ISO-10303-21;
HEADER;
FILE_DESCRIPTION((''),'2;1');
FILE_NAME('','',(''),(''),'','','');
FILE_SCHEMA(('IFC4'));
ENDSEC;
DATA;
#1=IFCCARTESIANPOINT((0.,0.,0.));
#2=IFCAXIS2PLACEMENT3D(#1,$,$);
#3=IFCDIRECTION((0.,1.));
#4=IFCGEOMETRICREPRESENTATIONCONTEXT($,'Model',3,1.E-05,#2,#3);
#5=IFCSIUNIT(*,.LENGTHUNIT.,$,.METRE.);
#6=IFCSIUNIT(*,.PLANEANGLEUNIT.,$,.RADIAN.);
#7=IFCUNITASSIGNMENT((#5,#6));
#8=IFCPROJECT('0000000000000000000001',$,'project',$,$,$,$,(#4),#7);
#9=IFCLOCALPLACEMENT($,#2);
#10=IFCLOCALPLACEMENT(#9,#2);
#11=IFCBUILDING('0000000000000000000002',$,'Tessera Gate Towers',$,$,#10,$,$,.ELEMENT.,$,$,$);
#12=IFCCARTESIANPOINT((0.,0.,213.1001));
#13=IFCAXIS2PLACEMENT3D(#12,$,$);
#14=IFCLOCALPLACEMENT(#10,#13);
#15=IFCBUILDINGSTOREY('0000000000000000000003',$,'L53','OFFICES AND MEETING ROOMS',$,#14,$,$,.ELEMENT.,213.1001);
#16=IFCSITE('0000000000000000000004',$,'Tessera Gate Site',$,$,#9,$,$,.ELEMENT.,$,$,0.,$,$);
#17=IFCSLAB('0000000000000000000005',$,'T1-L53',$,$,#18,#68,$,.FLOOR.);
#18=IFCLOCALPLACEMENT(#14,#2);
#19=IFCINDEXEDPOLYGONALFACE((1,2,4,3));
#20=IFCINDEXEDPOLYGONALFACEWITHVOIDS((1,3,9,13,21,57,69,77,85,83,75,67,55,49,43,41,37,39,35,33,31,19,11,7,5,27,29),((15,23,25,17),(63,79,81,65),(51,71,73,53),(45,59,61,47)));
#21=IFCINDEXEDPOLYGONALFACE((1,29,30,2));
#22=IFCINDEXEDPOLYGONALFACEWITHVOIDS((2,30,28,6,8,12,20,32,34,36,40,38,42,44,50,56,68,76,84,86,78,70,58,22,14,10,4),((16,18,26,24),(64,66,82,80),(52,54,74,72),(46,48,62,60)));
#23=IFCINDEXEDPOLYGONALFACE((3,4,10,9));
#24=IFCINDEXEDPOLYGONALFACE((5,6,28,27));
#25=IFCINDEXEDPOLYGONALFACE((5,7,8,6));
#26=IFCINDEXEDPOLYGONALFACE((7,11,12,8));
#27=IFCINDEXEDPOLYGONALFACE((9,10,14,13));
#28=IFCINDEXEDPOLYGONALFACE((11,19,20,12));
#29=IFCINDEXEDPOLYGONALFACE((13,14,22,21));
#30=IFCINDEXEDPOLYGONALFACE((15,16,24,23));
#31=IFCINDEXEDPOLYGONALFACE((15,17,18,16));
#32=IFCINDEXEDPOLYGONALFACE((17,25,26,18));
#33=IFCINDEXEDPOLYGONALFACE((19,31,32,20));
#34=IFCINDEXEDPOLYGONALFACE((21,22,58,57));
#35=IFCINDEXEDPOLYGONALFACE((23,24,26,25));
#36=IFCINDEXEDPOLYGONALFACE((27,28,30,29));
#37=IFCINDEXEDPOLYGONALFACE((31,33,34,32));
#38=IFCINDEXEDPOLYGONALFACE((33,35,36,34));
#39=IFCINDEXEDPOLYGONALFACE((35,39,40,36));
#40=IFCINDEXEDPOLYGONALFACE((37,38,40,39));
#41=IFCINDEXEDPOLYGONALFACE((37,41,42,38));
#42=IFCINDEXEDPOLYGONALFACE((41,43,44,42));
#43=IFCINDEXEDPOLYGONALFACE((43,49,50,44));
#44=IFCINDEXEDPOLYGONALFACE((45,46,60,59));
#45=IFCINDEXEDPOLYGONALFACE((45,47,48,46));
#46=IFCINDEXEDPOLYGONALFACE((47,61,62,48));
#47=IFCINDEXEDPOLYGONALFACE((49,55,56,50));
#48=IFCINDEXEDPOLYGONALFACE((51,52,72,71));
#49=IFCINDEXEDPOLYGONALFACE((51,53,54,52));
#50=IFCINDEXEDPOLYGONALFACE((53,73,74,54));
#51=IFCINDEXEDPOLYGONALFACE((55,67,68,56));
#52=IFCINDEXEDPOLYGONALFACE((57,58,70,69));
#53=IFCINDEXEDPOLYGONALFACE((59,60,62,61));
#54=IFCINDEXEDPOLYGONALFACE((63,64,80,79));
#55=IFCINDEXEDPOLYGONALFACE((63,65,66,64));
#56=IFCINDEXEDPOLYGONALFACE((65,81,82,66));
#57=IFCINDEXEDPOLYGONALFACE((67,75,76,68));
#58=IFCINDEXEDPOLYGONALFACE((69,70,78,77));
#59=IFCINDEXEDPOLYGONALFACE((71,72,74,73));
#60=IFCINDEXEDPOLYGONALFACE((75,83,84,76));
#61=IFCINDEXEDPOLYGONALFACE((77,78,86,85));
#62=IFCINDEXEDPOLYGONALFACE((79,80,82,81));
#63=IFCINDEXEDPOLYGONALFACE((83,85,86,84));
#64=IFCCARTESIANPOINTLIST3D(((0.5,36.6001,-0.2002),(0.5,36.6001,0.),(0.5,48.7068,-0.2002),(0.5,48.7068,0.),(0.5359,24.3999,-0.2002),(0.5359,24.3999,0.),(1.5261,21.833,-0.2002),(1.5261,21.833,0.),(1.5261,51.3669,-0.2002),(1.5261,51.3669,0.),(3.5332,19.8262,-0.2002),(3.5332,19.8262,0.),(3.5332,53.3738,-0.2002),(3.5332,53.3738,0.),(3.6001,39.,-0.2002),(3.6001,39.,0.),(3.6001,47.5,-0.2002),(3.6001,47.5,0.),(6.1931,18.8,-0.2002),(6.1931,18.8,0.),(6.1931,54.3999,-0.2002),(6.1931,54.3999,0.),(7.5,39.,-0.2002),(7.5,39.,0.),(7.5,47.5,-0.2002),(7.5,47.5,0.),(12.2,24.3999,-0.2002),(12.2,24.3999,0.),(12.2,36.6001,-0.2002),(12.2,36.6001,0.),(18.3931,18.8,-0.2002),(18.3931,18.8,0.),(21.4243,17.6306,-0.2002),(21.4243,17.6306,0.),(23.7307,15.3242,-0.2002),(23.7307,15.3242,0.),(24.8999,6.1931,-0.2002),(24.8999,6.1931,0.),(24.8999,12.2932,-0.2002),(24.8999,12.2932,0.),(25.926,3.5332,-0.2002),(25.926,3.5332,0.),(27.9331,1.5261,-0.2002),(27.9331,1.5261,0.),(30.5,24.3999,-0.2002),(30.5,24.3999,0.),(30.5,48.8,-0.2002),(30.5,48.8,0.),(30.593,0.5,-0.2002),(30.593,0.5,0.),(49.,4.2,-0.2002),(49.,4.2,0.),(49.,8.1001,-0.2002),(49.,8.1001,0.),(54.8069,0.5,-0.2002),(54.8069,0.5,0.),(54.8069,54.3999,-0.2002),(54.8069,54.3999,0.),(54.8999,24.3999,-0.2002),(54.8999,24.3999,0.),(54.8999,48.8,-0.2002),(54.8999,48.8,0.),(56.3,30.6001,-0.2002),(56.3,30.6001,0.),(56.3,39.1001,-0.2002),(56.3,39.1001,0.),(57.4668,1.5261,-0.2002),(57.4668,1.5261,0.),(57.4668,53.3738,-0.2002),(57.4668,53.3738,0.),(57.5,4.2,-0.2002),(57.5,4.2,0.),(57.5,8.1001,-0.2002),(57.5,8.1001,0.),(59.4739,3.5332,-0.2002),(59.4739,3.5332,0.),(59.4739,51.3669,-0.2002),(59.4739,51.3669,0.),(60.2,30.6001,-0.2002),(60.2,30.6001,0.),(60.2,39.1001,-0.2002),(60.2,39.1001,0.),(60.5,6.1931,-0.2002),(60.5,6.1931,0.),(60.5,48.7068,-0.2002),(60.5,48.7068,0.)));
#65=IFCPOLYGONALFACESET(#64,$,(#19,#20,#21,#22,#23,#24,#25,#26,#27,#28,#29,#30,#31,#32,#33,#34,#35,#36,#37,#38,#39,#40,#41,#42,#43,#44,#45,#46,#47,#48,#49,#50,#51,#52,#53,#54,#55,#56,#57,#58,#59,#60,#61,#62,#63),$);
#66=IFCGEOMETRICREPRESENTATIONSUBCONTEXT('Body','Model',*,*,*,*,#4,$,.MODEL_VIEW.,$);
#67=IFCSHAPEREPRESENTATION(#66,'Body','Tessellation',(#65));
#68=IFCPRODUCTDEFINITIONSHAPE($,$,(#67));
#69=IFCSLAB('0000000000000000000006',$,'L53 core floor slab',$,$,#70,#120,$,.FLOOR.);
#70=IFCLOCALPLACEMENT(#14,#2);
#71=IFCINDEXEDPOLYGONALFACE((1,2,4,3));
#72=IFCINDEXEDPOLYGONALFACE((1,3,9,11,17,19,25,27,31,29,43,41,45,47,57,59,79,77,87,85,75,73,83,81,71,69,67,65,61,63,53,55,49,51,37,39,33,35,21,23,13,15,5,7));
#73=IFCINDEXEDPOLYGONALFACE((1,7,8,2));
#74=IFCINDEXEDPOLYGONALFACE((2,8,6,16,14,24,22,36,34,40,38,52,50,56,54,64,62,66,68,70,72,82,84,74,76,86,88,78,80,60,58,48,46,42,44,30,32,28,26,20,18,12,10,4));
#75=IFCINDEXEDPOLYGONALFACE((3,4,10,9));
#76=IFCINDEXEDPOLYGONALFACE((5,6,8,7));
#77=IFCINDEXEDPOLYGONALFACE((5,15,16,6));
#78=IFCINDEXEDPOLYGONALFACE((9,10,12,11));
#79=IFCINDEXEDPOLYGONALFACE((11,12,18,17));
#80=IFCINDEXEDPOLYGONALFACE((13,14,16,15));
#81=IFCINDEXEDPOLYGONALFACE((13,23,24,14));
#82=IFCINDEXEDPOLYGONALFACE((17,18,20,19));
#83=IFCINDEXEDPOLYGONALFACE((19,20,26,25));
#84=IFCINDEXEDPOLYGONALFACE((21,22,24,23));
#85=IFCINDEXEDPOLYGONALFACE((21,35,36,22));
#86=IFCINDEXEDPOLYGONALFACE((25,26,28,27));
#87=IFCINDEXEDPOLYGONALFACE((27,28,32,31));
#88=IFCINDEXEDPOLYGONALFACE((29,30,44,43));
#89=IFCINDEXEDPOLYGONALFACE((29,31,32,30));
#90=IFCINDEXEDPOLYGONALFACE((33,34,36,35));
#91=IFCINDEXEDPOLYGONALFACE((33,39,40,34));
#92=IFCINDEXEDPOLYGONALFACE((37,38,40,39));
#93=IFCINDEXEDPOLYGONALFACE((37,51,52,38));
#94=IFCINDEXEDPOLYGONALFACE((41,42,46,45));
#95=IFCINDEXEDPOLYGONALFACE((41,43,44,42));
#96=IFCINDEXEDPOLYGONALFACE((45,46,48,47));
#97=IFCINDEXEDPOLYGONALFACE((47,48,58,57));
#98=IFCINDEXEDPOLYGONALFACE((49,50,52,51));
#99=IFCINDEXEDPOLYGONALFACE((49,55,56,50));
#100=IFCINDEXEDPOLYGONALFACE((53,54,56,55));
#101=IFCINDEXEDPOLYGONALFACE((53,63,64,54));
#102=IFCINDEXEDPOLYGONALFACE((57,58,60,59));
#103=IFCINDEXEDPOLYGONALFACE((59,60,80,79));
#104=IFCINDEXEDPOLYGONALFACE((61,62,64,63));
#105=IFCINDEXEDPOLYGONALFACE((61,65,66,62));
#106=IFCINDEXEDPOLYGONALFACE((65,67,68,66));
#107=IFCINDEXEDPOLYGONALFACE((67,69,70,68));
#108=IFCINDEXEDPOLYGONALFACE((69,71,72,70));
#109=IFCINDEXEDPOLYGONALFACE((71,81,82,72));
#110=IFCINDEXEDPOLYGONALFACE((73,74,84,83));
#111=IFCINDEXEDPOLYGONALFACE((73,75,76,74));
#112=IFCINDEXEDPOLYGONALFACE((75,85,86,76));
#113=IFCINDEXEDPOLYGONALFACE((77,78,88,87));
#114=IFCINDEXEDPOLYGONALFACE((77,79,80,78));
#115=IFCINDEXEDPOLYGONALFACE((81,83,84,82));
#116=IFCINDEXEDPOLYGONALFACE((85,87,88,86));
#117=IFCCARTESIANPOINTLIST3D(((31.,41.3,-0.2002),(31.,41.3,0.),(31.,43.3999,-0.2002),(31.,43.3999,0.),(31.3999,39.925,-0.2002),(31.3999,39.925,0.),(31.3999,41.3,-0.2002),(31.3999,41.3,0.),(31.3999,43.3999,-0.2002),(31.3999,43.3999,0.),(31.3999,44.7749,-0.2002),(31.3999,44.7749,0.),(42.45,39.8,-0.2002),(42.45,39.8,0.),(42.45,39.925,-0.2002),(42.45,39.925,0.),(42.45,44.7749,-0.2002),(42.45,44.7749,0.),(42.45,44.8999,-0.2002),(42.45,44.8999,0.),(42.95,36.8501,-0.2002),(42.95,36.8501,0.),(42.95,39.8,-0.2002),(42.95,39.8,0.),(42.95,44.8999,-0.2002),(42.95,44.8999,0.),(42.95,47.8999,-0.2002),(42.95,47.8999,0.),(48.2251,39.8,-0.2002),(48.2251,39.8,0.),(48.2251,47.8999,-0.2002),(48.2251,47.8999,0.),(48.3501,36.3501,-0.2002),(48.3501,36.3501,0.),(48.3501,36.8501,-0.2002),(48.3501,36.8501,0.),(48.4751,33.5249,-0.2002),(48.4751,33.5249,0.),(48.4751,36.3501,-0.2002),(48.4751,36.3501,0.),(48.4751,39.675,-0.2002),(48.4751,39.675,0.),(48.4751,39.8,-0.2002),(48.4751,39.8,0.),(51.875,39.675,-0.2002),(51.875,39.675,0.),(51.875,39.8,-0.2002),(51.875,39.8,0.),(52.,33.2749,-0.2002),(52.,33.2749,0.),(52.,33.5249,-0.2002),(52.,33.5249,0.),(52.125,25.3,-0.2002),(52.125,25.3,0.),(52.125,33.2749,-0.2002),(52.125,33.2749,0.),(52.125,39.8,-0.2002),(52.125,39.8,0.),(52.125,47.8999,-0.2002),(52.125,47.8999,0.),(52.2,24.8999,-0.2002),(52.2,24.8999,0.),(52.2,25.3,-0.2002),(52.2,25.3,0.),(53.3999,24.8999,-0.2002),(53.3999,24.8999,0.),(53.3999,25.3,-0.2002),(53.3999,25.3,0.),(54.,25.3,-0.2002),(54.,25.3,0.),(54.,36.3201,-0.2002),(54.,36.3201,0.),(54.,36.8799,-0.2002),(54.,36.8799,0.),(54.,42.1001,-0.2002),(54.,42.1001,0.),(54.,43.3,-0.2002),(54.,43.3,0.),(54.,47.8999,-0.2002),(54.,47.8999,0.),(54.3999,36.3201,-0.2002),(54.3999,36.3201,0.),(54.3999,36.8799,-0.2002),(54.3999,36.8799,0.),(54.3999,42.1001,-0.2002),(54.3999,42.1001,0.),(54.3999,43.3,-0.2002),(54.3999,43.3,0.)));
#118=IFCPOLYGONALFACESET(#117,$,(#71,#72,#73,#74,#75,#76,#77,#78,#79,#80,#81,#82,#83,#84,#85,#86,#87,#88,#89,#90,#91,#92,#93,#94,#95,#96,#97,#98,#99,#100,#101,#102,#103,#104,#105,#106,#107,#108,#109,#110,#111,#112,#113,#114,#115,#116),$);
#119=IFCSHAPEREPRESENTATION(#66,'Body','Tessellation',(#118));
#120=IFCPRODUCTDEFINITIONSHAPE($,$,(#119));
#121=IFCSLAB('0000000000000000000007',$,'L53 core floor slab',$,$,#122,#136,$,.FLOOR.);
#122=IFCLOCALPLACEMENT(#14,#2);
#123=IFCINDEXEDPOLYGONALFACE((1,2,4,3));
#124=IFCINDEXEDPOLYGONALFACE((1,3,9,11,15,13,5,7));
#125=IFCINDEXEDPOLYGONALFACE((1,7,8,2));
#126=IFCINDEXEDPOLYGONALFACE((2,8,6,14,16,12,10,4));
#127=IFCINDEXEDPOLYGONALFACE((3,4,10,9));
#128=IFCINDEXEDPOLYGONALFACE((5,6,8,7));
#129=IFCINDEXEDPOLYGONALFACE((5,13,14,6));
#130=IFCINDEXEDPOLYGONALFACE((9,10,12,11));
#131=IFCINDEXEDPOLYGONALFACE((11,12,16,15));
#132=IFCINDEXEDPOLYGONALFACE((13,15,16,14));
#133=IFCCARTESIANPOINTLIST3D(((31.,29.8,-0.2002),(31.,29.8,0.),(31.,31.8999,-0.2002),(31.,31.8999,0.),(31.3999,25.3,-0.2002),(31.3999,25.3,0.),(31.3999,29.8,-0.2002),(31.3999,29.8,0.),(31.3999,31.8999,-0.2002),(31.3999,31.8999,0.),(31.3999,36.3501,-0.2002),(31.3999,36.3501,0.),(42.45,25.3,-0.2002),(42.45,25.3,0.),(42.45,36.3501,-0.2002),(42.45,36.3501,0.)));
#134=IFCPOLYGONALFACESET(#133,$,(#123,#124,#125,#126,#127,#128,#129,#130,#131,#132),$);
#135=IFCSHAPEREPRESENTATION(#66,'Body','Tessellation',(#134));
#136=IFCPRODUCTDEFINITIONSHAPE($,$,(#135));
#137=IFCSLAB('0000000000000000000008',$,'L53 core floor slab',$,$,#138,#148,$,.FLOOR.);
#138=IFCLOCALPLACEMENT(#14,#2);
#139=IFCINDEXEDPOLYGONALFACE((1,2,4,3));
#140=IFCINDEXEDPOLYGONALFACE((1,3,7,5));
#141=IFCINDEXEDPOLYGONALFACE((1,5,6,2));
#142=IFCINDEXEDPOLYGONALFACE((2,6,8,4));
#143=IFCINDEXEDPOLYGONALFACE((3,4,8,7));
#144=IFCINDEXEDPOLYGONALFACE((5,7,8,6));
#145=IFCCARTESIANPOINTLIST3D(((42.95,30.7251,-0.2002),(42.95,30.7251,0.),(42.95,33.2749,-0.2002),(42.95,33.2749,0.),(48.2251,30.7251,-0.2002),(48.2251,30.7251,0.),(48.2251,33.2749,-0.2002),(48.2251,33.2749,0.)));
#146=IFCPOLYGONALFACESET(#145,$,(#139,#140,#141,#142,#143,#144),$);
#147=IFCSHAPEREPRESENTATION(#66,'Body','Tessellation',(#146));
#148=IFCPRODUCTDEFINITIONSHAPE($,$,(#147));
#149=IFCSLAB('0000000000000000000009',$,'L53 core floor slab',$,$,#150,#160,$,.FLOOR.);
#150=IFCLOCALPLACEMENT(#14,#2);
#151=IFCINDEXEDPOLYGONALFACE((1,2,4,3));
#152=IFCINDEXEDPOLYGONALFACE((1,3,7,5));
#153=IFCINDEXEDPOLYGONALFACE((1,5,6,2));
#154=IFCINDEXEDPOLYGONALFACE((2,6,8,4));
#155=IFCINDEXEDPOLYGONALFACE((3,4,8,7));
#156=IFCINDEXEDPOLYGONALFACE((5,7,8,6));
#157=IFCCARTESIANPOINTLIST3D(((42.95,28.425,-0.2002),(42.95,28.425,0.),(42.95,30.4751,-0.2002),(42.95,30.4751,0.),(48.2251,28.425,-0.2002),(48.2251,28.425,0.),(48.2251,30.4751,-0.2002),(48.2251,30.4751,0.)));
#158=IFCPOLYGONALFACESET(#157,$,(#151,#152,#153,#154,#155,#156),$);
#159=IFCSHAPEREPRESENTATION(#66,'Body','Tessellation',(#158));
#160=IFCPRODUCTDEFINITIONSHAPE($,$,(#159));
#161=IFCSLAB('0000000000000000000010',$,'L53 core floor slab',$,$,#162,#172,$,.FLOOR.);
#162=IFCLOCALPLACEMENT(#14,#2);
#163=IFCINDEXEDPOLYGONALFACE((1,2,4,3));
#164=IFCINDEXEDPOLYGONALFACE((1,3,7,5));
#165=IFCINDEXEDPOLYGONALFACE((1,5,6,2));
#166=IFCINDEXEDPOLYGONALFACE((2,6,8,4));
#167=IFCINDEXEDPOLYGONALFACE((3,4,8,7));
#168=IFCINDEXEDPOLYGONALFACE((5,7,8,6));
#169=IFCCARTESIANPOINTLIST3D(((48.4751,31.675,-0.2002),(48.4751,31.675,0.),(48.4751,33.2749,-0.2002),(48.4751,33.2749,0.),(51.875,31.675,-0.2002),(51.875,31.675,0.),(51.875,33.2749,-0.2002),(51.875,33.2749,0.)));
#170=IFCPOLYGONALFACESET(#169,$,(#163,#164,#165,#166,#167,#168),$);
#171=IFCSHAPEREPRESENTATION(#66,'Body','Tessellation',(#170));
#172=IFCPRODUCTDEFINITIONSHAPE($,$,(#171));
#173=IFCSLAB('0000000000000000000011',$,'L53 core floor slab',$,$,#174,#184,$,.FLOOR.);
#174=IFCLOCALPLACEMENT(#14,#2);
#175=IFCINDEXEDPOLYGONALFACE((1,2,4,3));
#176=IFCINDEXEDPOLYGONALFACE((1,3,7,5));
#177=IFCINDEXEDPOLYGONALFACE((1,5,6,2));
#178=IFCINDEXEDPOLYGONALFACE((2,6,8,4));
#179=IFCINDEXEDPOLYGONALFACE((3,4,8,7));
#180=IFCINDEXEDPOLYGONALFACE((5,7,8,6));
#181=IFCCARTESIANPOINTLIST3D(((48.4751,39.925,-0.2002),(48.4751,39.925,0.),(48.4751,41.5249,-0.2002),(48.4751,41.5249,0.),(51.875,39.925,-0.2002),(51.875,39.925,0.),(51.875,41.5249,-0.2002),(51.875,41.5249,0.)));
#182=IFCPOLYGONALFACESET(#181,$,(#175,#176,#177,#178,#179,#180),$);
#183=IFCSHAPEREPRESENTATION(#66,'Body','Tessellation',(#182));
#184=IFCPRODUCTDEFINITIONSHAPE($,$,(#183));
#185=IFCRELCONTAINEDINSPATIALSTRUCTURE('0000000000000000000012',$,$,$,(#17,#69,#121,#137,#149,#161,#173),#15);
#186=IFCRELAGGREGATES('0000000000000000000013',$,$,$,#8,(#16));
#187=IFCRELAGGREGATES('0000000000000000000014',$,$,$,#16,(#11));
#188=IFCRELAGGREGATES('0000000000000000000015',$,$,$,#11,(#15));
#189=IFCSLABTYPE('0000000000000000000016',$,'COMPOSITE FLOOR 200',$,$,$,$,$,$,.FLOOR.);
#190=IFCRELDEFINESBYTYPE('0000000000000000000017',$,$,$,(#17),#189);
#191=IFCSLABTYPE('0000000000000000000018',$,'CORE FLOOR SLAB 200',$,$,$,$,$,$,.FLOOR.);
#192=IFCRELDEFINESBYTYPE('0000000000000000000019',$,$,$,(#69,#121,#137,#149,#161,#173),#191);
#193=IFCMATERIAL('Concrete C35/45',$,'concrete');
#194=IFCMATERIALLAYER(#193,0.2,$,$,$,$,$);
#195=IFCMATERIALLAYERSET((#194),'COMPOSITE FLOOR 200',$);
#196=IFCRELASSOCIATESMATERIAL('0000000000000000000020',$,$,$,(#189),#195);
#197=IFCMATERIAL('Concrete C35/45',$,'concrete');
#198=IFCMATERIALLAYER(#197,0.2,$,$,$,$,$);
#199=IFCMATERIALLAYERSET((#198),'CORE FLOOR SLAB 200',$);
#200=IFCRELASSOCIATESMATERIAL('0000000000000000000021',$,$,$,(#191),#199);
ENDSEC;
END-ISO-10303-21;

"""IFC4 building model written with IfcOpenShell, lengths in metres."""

from ifc_helpers import new_model, si_unit, direction, frame, origin, place, context, subcontext, project, spatial, polyline, outline, extrude, material, layer, layer_set, type_object, element, save


model = new_model("IFC4")

# Units and contexts
model_context = context("Model", 3, precision=1e-05, world=origin(), true_north=direction((0.0, 1.0)))
body_context = subcontext(model_context, "Body", "Model", "MODEL_VIEW")
ifc_project = project(units=[si_unit("LENGTHUNIT", "METRE"), si_unit("PLANEANGLEUNIT", "RADIAN")], contexts=[model_context])

# Site, building, storey
site_placement = place(None, origin())
site = spatial("IfcSite", under=ifc_project, at=site_placement, Name="Tessera Gate Site", CompositionType="ELEMENT", RefElevation=0.0)
building_placement = place(site_placement, origin())
building = spatial("IfcBuilding", under=site, at=building_placement, Name="Tessera Gate Towers", CompositionType="ELEMENT")
storey_placement = place(building_placement, frame((0.0, 0.0, 213.1001)))
storey = spatial("IfcBuildingStorey", under=building, at=storey_placement, Name="L53", Description="OFFICES AND MEETING ROOMS", CompositionType="ELEMENT", Elevation=213.1001)

# Slabs
ifc_material_1 = material(Name="Concrete C35/45", Category="concrete")
ifc_layer_1 = layer(ifc_material_1, 0.2)
ifc_layer_set_1 = layer_set([ifc_layer_1], Name="COMPOSITE FLOOR 200")
slab_type_1 = type_object("IfcSlabType", Name="COMPOSITE FLOOR 200", PredefinedType="FLOOR", material=ifc_layer_set_1)
slab_1_placement = place(storey_placement, frame((0.0, 0.0, -0.2002)))
element("IfcSlab", 1, at=slab_1_placement, inside=storey, type_object=slab_type_1, Name="T1-L53", PredefinedType="FLOOR", context=body_context, shape_type="SweptSolid", body=[
    extrude(outline(polyline([(0.5, 36.6001), (12.2, 36.6001), (12.2, 24.3999), (0.5359, 24.3999), (1.5261, 21.833), (3.5332, 19.8262), (6.1931, 18.8), (18.3931, 18.8), (21.4243, 17.6306), (23.7307, 15.3242), (24.8999, 12.2932), (24.8999, 6.1931), (25.926, 3.5332), (27.9331, 1.5261), (30.593, 0.5), (54.8069, 0.5), (57.4668, 1.5261), (59.4739, 3.5332), (60.5, 6.1931), (60.5, 48.7068), (59.4739, 51.3669), (57.4668, 53.3738), (54.8069, 54.3999), (6.1931, 54.3999), (3.5332, 53.3738), (1.5261, 51.3669), (0.5, 48.7068), (0.5, 36.6001)]), holes=[polyline([(3.6001, 39.0), (3.6001, 47.5), (7.5, 47.5), (7.5, 39.0), (3.6001, 39.0)]), polyline([(30.5, 24.3999), (30.5, 48.8), (54.8999, 48.8), (54.8999, 24.3999), (30.5, 24.3999)]), polyline([(49.0, 4.2), (49.0, 8.1001), (57.5, 8.1001), (57.5, 4.2), (49.0, 4.2)]), polyline([(56.3, 30.6001), (56.3, 39.1001), (60.2, 39.1001), (60.2, 30.6001), (56.3, 30.6001)])]), origin(), (0.0, 0.0, 1.0), 0.2002),
])
ifc_material_2 = material(Name="Concrete C35/45", Category="concrete")
ifc_layer_2 = layer(ifc_material_2, 0.2)
ifc_layer_set_2 = layer_set([ifc_layer_2], Name="CORE FLOOR SLAB 200")
slab_type_2 = type_object("IfcSlabType", Name="CORE FLOOR SLAB 200", PredefinedType="FLOOR", material=ifc_layer_set_2)
slab_2_placement = place(storey_placement, frame((0.0, 0.0, -0.2002)))
element("IfcSlab", 2, at=slab_2_placement, inside=storey, type_object=slab_type_2, Name="L53 core floor slab", PredefinedType="FLOOR", context=body_context, shape_type="SweptSolid", body=[
    extrude(outline(polyline([(42.45, 44.8999), (42.45, 44.7749), (31.3999, 44.7749), (31.3999, 43.3999), (31.0, 43.3999), (31.0, 41.3), (31.3999, 41.3), (31.3999, 39.925), (42.45, 39.925), (42.45, 39.8), (42.95, 39.8), (42.95, 36.8501), (48.3501, 36.8501), (48.3501, 36.3501), (48.4751, 36.3501), (48.4751, 33.5249), (52.0, 33.5249), (52.0, 33.2749), (52.125, 33.2749), (52.125, 25.3), (52.2, 25.3), (52.2, 24.8999), (53.3999, 24.8999), (53.3999, 25.3), (54.0, 25.3), (54.0, 36.3201), (54.3999, 36.3201), (54.3999, 36.8799), (54.0, 36.8799), (54.0, 42.1001), (54.3999, 42.1001), (54.3999, 43.3), (54.0, 43.3), (54.0, 47.8999), (52.125, 47.8999), (52.125, 39.8), (51.875, 39.8), (51.875, 39.675), (48.4751, 39.675), (48.4751, 39.8), (48.2251, 39.8), (48.2251, 47.8999), (42.95, 47.8999), (42.95, 44.8999), (42.45, 44.8999)])), origin(), (0.0, 0.0, 1.0), 0.2002),
])
slab_3_placement = place(storey_placement, frame((0.0, 0.0, -0.2002)))
element("IfcSlab", 3, at=slab_3_placement, inside=storey, type_object=slab_type_2, Name="L53 core floor slab", PredefinedType="FLOOR", context=body_context, shape_type="SweptSolid", body=[
    extrude(outline(polyline([(31.3999, 36.3501), (31.3999, 31.8999), (31.0, 31.8999), (31.0, 29.8), (31.3999, 29.8), (31.3999, 25.3), (42.45, 25.3), (42.45, 36.3501), (31.3999, 36.3501)])), origin(), (0.0, 0.0, 1.0), 0.2002),
])
slab_4_placement = place(storey_placement, frame((0.0, 0.0, -0.2002)))
element("IfcSlab", 4, at=slab_4_placement, inside=storey, type_object=slab_type_2, Name="L53 core floor slab", PredefinedType="FLOOR", context=body_context, shape_type="SweptSolid", body=[
    extrude(outline(polyline([(42.95, 33.2749), (42.95, 30.7251), (48.2251, 30.7251), (48.2251, 33.2749), (42.95, 33.2749)])), origin(), (0.0, 0.0, 1.0), 0.2002),
])
slab_5_placement = place(storey_placement, frame((0.0, 0.0, -0.2002)))
element("IfcSlab", 5, at=slab_5_placement, inside=storey, type_object=slab_type_2, Name="L53 core floor slab", PredefinedType="FLOOR", context=body_context, shape_type="SweptSolid", body=[
    extrude(outline(polyline([(48.2251, 30.4751), (42.95, 30.4751), (42.95, 28.425), (48.2251, 28.425), (48.2251, 30.4751)])), origin(), (0.0, 0.0, 1.0), 0.2002),
])
slab_6_placement = place(storey_placement, frame((0.0, 0.0, -0.2002)))
element("IfcSlab", 6, at=slab_6_placement, inside=storey, type_object=slab_type_2, Name="L53 core floor slab", PredefinedType="FLOOR", context=body_context, shape_type="SweptSolid", body=[
    extrude(outline(polyline([(51.875, 31.675), (51.875, 33.2749), (48.4751, 33.2749), (48.4751, 31.675), (51.875, 31.675)])), origin(), (0.0, 0.0, 1.0), 0.2002),
])
slab_7_placement = place(storey_placement, frame((0.0, 0.0, -0.2002)))
element("IfcSlab", 7, at=slab_7_placement, inside=storey, type_object=slab_type_2, Name="L53 core floor slab", PredefinedType="FLOOR", context=body_context, shape_type="SweptSolid", body=[
    extrude(outline(polyline([(48.4751, 41.5249), (48.4751, 39.925), (51.875, 39.925), (51.875, 41.5249), (48.4751, 41.5249)])), origin(), (0.0, 0.0, 1.0), 0.2002),
])

save(model, "model.ifc")
